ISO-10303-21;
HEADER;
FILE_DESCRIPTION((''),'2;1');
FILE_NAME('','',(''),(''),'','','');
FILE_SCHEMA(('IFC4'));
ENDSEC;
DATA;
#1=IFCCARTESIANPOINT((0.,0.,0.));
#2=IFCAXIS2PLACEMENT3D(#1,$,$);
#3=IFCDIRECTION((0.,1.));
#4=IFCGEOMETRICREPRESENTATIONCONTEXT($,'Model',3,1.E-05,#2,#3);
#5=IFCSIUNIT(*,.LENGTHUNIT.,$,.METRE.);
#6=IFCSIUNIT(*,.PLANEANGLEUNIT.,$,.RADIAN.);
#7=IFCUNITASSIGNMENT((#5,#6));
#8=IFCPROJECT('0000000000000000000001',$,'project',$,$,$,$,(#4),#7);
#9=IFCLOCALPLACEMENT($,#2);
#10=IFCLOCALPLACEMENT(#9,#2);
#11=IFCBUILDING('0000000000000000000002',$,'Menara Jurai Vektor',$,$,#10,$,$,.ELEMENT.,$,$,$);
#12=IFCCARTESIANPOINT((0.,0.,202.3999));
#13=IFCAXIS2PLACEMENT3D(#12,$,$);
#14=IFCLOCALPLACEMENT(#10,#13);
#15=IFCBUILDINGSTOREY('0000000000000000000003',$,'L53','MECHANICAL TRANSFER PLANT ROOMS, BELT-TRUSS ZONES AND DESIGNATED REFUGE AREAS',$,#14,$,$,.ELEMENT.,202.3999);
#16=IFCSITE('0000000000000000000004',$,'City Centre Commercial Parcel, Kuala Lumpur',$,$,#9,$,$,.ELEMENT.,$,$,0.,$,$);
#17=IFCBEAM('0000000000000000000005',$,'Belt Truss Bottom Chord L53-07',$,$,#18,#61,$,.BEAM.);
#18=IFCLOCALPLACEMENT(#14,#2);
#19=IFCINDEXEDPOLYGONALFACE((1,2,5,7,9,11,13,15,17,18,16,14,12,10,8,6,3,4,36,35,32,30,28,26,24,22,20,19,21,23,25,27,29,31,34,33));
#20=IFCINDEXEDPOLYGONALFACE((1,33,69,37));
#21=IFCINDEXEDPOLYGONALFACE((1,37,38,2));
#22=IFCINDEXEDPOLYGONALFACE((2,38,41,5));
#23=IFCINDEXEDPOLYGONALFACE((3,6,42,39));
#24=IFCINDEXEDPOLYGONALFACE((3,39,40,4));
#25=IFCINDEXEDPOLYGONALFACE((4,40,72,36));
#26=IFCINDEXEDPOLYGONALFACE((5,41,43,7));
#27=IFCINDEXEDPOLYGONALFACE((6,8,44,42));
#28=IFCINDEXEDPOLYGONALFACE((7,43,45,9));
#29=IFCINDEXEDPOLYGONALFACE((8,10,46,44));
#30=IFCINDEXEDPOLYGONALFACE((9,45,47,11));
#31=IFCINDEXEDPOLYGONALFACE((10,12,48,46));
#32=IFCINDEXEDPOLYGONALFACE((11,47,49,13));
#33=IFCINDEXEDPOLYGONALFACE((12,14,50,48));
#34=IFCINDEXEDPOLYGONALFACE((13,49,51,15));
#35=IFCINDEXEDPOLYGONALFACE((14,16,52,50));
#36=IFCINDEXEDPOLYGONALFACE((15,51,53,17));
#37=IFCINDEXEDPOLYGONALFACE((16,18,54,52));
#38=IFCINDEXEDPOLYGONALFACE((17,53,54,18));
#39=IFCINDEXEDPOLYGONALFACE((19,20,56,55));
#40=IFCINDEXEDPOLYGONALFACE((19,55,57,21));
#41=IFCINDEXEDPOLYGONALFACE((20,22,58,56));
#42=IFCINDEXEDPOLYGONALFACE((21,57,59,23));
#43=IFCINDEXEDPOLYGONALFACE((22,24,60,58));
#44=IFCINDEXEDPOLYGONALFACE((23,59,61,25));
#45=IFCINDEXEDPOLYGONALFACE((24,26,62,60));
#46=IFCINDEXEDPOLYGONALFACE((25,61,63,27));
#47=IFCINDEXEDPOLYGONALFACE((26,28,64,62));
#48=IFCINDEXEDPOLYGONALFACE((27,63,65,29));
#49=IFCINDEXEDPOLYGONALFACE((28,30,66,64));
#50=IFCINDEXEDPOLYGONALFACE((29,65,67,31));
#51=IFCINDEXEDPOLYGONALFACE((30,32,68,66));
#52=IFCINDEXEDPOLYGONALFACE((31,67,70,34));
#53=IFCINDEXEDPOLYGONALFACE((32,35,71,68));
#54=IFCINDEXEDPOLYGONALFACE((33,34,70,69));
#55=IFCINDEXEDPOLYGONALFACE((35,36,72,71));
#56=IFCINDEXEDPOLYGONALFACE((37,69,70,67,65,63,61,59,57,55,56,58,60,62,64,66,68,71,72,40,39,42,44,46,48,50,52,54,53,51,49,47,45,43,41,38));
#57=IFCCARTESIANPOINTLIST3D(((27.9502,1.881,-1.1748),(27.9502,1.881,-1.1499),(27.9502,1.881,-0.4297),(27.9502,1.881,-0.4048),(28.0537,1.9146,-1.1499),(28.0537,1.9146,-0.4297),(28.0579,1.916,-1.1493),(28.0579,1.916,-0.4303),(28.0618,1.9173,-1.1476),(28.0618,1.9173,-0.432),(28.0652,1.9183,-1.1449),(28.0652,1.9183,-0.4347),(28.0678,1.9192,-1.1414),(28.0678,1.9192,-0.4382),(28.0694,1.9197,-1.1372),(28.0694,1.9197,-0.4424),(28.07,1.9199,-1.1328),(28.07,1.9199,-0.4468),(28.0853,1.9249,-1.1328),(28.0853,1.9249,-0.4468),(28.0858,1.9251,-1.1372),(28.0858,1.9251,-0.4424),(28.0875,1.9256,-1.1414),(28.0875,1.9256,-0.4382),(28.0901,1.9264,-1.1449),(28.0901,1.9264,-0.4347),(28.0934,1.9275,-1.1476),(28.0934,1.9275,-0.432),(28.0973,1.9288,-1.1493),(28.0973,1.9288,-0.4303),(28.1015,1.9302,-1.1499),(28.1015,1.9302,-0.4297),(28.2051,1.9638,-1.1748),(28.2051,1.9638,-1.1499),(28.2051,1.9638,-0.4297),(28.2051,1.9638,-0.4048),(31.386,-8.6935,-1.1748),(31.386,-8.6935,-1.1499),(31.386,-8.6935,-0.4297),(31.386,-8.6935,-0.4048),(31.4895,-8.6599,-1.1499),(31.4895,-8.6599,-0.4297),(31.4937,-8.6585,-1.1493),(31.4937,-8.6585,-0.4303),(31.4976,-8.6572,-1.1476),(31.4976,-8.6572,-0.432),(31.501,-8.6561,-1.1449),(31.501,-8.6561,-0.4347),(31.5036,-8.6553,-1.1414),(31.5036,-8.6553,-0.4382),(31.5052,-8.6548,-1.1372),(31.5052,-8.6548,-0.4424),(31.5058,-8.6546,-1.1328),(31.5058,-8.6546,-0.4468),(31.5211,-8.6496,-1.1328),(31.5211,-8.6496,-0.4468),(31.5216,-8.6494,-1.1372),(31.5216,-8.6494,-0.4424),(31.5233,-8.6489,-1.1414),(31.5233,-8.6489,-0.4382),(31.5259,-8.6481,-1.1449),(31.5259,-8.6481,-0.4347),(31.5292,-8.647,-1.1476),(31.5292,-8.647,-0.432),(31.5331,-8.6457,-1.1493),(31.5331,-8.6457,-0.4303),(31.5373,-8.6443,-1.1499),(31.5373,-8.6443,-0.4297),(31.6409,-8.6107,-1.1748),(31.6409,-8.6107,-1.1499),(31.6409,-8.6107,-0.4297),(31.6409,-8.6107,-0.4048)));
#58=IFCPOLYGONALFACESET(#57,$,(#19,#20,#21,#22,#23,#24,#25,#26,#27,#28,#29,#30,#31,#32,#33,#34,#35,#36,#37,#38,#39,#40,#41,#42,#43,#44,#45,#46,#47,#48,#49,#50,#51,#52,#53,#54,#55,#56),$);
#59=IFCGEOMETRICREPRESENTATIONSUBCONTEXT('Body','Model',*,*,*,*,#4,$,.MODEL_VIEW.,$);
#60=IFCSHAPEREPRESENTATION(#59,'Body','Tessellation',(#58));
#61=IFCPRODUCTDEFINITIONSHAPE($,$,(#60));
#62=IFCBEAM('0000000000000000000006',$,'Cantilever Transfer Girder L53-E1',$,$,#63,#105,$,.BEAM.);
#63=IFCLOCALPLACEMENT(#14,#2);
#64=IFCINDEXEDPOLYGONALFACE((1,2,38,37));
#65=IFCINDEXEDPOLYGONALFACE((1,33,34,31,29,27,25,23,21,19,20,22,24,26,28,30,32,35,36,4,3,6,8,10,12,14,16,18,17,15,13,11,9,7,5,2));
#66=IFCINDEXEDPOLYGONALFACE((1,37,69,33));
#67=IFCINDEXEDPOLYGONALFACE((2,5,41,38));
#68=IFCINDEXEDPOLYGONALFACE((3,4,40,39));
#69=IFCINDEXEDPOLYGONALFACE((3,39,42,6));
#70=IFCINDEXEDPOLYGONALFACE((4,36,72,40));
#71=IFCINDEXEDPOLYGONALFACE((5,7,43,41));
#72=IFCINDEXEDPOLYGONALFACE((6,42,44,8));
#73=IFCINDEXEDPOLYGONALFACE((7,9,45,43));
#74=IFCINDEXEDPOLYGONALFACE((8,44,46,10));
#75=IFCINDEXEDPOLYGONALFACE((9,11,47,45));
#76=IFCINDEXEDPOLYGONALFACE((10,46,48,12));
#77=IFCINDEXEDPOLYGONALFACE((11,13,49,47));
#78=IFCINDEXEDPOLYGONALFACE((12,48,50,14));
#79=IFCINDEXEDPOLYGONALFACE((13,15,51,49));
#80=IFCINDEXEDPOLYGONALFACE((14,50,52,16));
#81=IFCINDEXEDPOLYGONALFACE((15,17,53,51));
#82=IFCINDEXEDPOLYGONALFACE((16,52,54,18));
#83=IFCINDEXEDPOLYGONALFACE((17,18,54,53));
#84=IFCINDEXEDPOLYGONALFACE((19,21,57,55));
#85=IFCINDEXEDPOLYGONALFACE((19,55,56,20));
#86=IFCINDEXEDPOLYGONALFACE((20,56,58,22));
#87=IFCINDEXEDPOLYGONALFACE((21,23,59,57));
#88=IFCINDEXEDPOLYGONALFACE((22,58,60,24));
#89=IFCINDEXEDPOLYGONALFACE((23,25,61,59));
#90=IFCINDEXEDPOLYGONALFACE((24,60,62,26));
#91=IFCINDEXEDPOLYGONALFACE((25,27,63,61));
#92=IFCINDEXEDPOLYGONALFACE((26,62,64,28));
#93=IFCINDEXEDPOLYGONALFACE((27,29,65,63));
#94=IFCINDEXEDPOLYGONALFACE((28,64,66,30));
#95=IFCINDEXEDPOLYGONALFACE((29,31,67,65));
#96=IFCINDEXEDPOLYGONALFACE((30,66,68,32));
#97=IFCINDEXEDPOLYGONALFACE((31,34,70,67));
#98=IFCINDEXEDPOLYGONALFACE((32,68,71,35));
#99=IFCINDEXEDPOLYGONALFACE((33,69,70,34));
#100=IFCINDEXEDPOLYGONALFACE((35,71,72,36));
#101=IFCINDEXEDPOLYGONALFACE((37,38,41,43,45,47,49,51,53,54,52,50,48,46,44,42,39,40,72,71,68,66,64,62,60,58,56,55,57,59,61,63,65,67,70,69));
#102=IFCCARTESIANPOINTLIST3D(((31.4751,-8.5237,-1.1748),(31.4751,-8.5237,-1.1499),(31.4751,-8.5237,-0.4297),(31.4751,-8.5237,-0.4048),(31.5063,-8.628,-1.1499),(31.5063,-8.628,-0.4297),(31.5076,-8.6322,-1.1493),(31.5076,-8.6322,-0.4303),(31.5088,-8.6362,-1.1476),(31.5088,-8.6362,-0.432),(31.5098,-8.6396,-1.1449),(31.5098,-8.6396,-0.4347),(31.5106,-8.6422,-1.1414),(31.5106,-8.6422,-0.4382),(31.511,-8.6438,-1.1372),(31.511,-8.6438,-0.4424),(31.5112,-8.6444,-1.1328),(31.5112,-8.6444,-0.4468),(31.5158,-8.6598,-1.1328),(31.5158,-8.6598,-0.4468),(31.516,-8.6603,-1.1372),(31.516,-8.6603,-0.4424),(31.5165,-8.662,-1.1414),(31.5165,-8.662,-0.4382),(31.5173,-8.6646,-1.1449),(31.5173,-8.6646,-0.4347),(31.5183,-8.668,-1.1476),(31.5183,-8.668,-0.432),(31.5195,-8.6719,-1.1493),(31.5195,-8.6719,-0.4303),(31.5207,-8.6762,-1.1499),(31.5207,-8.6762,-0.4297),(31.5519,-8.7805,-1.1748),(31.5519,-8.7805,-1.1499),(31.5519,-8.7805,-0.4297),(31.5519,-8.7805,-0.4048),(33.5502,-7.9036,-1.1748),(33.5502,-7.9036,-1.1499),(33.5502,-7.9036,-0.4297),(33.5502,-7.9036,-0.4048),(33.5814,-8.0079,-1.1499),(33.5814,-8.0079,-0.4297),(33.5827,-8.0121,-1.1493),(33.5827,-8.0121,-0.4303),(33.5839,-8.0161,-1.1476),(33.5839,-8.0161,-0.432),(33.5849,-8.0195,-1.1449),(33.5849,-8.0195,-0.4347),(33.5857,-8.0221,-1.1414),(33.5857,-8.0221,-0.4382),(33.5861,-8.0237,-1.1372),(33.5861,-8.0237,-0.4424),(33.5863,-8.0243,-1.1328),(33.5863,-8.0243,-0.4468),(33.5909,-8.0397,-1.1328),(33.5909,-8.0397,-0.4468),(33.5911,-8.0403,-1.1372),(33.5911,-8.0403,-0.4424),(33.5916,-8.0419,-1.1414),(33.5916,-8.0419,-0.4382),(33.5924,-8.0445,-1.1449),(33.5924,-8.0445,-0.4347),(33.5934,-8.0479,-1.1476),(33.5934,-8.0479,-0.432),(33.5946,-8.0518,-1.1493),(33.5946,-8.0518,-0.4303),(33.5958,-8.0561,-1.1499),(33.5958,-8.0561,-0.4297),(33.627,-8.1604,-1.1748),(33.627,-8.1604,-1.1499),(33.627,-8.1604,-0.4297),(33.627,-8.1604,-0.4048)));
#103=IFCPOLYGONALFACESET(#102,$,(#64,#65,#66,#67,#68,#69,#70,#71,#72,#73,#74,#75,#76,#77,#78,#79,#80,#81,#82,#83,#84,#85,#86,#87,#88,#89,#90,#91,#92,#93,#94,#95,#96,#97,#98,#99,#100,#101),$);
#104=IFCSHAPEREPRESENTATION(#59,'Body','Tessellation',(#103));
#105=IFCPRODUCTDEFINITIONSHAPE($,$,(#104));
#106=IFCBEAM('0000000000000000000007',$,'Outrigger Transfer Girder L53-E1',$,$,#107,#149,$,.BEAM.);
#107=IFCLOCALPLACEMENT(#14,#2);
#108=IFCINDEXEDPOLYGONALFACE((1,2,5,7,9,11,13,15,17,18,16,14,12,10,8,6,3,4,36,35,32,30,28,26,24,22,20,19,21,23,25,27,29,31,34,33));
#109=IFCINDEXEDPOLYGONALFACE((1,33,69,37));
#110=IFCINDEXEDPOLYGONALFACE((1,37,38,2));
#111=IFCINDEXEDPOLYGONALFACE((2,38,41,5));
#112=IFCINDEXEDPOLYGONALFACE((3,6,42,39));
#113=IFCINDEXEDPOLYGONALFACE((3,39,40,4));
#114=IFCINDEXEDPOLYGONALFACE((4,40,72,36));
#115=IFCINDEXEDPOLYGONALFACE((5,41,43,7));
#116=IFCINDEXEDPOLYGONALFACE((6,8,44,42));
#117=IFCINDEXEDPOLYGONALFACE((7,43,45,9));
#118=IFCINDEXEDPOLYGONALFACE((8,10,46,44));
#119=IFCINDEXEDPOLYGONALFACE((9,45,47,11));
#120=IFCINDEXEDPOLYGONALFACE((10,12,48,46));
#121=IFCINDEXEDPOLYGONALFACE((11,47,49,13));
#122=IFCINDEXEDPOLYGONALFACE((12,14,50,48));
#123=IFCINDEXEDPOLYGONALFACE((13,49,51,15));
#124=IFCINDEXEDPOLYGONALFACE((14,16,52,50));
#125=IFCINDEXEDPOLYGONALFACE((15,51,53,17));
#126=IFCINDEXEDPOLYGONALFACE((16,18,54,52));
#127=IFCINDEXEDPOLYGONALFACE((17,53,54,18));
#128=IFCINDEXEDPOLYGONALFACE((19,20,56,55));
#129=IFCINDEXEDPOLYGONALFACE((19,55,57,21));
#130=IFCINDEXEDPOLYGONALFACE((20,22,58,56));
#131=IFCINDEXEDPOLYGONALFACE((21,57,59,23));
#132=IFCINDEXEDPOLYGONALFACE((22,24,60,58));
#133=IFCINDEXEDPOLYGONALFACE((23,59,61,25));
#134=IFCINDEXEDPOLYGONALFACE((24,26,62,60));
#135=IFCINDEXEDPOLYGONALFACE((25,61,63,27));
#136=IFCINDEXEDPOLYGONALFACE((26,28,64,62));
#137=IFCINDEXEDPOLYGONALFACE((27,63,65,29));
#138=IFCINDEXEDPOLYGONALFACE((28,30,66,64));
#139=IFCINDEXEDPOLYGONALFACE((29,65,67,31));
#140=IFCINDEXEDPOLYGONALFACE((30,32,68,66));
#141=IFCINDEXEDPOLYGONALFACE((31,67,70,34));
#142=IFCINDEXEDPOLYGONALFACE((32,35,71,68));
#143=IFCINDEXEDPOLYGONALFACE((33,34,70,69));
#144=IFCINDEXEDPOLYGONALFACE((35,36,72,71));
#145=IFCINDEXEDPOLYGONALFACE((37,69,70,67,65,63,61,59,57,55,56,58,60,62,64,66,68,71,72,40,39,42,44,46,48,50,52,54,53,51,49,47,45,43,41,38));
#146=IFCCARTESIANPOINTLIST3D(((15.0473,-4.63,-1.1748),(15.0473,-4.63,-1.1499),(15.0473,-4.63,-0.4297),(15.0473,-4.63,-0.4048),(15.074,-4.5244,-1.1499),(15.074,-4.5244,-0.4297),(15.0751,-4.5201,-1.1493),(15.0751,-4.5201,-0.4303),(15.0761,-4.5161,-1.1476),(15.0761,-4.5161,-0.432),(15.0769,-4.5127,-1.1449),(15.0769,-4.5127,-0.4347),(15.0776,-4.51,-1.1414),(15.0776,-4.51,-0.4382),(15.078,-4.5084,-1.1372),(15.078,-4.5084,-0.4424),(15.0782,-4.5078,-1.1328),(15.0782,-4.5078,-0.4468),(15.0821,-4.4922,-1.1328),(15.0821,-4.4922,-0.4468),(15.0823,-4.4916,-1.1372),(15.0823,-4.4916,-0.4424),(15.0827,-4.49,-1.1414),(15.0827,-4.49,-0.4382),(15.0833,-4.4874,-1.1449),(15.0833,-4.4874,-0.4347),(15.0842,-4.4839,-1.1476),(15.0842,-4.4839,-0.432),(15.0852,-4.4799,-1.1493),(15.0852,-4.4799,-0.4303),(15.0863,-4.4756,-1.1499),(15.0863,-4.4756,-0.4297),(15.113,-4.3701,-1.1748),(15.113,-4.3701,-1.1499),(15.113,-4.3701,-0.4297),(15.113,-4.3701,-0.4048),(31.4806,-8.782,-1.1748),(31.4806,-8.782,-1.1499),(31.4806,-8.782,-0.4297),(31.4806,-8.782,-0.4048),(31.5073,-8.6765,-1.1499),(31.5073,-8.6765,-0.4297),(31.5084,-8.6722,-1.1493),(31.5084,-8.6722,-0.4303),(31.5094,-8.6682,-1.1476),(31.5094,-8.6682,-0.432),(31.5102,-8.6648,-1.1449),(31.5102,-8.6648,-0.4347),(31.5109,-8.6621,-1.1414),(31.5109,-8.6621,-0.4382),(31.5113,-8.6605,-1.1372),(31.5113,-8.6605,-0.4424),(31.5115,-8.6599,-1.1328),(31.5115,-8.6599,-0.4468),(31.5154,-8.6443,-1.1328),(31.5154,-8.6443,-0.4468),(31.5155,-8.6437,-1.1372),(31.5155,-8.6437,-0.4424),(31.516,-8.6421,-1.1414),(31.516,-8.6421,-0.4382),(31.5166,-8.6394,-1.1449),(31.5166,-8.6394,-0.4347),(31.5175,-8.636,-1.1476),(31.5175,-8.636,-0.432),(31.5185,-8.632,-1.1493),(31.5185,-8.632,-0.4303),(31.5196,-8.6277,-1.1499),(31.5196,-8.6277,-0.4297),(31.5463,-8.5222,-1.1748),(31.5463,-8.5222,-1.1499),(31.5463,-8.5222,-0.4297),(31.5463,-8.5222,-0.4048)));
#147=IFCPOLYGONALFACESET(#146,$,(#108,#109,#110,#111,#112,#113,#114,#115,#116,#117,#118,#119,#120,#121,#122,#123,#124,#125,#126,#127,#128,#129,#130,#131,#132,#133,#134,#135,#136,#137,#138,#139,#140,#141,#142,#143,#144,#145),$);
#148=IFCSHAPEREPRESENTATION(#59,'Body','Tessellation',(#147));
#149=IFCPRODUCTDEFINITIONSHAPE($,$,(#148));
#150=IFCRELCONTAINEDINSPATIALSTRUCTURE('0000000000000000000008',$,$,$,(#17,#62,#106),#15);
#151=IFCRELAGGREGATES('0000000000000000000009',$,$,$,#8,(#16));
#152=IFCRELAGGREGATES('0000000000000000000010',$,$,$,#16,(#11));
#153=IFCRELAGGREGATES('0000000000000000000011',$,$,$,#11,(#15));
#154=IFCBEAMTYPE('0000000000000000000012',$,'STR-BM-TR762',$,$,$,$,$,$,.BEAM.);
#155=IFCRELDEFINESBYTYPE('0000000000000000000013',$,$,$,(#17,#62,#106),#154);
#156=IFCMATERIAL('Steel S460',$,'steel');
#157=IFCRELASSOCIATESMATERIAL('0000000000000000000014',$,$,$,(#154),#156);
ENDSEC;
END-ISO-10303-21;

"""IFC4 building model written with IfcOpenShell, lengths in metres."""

from ifc_helpers import new_model, si_unit, direction, frame, origin, origin_2d, place, context, subcontext, project, spatial, i_section, extrude, material, material_profile, profile_set, type_object, element, save


model = new_model("IFC4")

# Units and contexts
model_context = context("Model", 3, precision=1e-05, world=origin(), true_north=direction((0.0, 1.0)))
body_context = subcontext(model_context, "Body", "Model", "MODEL_VIEW")
ifc_project = project(units=[si_unit("LENGTHUNIT", "METRE"), si_unit("PLANEANGLEUNIT", "RADIAN")], contexts=[model_context])

# Site, building, storey
site_placement = place(None, origin())
site = spatial("IfcSite", under=ifc_project, at=site_placement, Name="City Centre Commercial Parcel, Kuala Lumpur", CompositionType="ELEMENT", RefElevation=0.0)
building_placement = place(site_placement, origin())
building = spatial("IfcBuilding", under=site, at=building_placement, Name="Menara Jurai Vektor", CompositionType="ELEMENT")
storey_placement = place(building_placement, frame((0.0, 0.0, 202.3999)))
storey = spatial("IfcBuildingStorey", under=building, at=storey_placement, Name="L53", Description="MECHANICAL TRANSFER PLANT ROOMS, BELT-TRUSS ZONES AND DESIGNATED REFUGE AREAS", CompositionType="ELEMENT", Elevation=202.3999)

# Shared definitions
ifc_material_1 = material(Name="Steel S460", Category="steel")

# Beams
ifc_material_profile_1 = material_profile(ifc_material_1, i_section(OverallWidth=0.2681, OverallDepth=0.77, WebThickness=0.0161, FlangeThickness=0.0249, FilletRadius=0.0171, at=origin_2d()), Name="UKB 762x267x197")
ifc_profile_set_1 = profile_set([ifc_material_profile_1], Name="Steel S460")
beam_type_1 = type_object("IfcBeamType", Name="STR-BM-TR762", PredefinedType="BEAM", material=ifc_profile_set_1)
beam_1_placement = place(storey_placement, frame((31.5134, -8.6521, -0.7898), z_axis=(-0.309012, 0.951058, 0.0), x_axis=(-0.951058, -0.309012, 0.0)))
element("IfcBeam", 1, at=beam_1_placement, inside=storey, type_object=beam_type_1, Name="Belt Truss Bottom Chord L53-07", PredefinedType="BEAM", context=body_context, shape_type="SweptSolid", body=[
    extrude(i_section(OverallWidth=0.2681, OverallDepth=0.77, WebThickness=0.0161, FlangeThickness=0.0249, FilletRadius=0.0171, at=origin_2d()), origin(), (0.0, 0.0, 1.0), 11.1187),
])
beam_2_placement = place(storey_placement, frame((33.5886, -8.032, -0.7898), z_axis=(-0.958136, -0.286314, 0.0), x_axis=(0.286314, -0.958136, 0.0)))
element("IfcBeam", 2, at=beam_2_placement, inside=storey, type_object=beam_type_1, Name="Cantilever Transfer Girder L53-E1", PredefinedType="BEAM", context=body_context, shape_type="SweptSolid", body=[
    extrude(i_section(OverallWidth=0.2681, OverallDepth=0.77, WebThickness=0.0161, FlangeThickness=0.0249, FilletRadius=0.0171, at=origin_2d()), origin(), (0.0, 0.0, 1.0), 2.1658),
])
beam_3_placement = place(storey_placement, frame((31.5134, -8.6521, -0.7898), z_axis=(-0.969532, 0.244965, 0.0), x_axis=(-0.244965, -0.969532, 0.0)))
element("IfcBeam", 3, at=beam_3_placement, inside=storey, type_object=beam_type_1, Name="Outrigger Transfer Girder L53-E1", PredefinedType="BEAM", context=body_context, shape_type="SweptSolid", body=[
    extrude(i_section(OverallWidth=0.2681, OverallDepth=0.77, WebThickness=0.0161, FlangeThickness=0.0249, FilletRadius=0.0171, at=origin_2d()), origin(), (0.0, 0.0, 1.0), 16.9497),
])

save(model, "model.ifc")
